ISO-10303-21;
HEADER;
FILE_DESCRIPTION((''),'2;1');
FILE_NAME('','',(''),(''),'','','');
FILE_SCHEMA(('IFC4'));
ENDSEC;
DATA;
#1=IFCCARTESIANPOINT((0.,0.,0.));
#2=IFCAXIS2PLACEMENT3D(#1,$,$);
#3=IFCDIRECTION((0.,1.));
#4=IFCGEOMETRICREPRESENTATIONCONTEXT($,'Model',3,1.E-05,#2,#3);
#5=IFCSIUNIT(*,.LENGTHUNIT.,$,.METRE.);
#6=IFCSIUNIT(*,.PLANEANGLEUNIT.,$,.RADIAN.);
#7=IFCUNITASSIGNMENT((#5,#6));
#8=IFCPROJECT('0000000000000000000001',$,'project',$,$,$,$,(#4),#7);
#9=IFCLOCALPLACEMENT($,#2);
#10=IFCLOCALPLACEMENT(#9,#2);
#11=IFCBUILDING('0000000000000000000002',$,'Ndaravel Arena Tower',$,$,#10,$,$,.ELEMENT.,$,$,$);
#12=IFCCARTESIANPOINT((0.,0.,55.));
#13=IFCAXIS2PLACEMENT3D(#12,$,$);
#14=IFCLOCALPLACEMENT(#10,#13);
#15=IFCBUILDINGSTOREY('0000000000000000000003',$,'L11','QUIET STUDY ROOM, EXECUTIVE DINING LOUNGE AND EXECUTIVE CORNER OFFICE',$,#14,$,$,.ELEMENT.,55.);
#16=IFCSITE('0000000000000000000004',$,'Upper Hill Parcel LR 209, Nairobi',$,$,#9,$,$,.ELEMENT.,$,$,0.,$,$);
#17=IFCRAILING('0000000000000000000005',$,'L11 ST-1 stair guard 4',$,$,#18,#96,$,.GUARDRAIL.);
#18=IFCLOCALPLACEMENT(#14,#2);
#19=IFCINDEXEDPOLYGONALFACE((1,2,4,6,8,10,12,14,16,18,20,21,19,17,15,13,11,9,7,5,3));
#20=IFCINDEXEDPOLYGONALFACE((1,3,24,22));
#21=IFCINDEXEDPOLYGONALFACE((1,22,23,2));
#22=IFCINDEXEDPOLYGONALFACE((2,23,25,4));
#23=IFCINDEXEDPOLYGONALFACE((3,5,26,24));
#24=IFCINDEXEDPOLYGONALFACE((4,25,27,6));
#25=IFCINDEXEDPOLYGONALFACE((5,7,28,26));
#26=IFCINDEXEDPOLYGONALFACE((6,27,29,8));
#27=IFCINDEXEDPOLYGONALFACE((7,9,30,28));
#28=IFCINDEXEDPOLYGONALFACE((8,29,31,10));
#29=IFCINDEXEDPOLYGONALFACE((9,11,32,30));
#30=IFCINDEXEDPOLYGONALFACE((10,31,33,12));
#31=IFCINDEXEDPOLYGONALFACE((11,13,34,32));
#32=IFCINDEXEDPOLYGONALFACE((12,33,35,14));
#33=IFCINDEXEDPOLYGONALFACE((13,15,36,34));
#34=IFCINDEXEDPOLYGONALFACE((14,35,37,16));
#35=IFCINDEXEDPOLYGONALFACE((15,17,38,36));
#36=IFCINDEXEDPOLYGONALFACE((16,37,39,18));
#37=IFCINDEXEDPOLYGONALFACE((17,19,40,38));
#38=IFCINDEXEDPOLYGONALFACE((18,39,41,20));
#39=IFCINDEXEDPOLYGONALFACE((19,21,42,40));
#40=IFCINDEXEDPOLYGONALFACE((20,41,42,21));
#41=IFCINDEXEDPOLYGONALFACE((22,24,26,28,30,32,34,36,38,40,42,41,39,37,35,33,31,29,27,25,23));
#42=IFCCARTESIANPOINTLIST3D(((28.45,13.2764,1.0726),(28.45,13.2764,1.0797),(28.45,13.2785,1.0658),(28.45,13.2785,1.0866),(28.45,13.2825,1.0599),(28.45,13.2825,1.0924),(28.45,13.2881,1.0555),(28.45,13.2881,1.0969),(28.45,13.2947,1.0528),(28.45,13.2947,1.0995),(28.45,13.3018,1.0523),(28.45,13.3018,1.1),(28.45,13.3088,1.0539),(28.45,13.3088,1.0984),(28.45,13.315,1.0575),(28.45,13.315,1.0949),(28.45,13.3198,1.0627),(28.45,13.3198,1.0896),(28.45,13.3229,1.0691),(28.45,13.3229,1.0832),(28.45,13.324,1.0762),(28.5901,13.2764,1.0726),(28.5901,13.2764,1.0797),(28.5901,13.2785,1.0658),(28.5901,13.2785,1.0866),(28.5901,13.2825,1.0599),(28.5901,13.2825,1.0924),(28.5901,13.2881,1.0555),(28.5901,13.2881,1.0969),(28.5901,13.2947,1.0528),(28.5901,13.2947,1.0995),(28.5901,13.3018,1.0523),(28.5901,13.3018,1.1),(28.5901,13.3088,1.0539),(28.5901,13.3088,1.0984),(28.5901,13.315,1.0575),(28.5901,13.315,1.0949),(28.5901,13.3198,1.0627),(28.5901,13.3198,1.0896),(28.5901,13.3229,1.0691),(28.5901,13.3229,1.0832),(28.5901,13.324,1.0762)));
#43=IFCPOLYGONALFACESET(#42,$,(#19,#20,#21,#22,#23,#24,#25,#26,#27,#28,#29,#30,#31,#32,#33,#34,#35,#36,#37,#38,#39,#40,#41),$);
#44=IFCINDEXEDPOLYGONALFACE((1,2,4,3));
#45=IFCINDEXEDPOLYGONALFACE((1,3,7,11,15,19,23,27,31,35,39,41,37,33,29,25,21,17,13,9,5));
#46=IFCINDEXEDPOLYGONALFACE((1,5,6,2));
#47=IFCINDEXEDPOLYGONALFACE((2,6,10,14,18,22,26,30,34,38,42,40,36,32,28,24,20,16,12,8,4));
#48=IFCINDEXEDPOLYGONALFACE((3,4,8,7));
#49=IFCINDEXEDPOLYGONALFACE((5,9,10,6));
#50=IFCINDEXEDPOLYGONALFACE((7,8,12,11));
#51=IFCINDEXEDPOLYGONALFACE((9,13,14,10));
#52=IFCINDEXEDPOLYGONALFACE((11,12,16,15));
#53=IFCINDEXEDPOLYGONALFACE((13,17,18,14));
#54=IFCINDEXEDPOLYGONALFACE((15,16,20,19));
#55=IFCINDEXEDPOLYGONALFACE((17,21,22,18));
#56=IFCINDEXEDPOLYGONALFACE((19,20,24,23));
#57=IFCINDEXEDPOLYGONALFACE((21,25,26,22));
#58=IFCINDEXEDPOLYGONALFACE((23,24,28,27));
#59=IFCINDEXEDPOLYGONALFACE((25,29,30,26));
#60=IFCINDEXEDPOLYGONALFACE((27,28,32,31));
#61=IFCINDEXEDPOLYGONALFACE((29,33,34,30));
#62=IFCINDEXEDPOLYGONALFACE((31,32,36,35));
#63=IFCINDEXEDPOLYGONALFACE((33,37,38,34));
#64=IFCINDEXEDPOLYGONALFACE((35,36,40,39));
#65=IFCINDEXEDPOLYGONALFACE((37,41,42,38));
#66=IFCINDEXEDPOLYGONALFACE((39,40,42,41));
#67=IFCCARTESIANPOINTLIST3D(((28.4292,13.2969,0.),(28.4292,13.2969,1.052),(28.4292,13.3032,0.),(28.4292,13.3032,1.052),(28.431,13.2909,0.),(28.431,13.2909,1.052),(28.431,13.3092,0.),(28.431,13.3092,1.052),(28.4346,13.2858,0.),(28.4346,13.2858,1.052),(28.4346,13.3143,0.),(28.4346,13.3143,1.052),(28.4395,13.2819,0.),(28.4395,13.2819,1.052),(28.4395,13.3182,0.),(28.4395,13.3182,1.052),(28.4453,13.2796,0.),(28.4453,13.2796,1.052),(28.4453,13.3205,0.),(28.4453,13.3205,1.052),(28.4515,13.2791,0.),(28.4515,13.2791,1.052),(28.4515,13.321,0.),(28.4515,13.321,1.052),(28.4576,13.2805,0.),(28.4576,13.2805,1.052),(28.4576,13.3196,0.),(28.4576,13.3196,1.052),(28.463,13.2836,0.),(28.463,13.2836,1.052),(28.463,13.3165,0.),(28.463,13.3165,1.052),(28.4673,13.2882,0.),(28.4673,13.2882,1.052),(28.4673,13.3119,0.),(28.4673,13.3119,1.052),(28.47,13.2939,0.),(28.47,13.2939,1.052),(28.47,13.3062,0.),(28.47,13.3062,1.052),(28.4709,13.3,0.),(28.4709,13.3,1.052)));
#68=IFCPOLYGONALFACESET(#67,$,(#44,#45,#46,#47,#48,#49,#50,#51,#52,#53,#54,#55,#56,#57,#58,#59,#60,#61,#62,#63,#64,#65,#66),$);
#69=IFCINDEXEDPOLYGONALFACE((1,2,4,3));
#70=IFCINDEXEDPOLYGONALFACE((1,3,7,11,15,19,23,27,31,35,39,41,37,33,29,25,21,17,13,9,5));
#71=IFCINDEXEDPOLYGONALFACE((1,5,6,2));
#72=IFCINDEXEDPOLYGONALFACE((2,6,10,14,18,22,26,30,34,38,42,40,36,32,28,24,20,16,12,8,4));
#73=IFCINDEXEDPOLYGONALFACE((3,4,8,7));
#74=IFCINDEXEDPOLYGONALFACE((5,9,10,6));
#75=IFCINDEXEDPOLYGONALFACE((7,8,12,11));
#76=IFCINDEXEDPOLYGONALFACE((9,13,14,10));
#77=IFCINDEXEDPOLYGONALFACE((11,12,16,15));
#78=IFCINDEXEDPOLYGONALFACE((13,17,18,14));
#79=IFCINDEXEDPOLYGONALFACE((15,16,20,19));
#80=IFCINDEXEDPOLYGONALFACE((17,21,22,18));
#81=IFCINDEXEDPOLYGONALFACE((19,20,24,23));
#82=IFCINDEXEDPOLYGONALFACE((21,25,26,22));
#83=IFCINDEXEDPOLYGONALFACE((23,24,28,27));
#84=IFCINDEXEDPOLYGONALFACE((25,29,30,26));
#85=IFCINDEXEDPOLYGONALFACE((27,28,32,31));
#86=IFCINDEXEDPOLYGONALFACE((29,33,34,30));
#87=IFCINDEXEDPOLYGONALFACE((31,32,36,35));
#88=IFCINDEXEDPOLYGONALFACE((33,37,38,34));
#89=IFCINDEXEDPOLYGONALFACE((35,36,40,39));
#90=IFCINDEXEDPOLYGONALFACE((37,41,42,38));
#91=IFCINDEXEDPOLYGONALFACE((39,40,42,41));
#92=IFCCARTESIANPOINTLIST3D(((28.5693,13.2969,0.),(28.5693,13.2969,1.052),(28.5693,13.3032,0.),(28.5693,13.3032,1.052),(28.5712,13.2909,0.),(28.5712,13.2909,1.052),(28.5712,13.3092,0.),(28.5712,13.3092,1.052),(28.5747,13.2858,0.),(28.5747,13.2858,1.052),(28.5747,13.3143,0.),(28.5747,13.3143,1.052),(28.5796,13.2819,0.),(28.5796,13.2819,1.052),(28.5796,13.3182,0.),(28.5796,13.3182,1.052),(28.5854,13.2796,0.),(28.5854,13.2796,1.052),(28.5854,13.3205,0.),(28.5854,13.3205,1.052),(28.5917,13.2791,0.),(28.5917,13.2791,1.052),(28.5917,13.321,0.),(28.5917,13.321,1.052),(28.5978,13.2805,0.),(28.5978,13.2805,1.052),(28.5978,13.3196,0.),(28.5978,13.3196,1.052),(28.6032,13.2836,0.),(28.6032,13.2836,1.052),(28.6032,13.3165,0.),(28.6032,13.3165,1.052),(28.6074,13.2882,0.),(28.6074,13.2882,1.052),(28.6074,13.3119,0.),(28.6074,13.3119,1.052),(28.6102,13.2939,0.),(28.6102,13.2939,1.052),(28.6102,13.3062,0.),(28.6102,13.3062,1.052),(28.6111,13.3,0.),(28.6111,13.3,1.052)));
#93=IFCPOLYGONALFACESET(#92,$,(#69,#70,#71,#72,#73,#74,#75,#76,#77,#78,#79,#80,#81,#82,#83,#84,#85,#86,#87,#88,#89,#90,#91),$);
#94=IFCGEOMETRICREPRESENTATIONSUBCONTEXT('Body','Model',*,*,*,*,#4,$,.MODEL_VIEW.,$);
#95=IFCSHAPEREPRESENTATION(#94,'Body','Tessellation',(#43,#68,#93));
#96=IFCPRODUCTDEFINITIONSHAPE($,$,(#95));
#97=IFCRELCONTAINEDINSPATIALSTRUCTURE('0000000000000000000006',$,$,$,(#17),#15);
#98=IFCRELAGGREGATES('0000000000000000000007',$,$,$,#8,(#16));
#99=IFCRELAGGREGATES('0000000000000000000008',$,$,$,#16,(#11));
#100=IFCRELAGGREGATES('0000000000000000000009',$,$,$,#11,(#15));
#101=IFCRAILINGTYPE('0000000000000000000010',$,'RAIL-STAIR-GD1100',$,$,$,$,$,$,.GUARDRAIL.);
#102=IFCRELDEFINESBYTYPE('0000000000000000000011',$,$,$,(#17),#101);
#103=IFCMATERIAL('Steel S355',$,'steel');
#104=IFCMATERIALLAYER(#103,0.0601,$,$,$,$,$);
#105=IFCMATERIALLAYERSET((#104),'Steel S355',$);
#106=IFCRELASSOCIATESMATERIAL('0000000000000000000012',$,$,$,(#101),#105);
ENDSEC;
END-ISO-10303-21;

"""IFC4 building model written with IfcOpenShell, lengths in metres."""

from ifc_helpers import new_model, si_unit, direction, frame, origin, origin_2d, place, context, subcontext, project, spatial, circle, extrude, material, layer, layer_set, type_object, element, save


model = new_model("IFC4")

# Units and contexts
model_context = context("Model", 3, precision=1e-05, world=origin(), true_north=direction((0.0, 1.0)))
body_context = subcontext(model_context, "Body", "Model", "MODEL_VIEW")
ifc_project = project(units=[si_unit("LENGTHUNIT", "METRE"), si_unit("PLANEANGLEUNIT", "RADIAN")], contexts=[model_context])

# Site, building, storey
site_placement = place(None, origin())
site = spatial("IfcSite", under=ifc_project, at=site_placement, Name="Upper Hill Parcel LR 209, Nairobi", CompositionType="ELEMENT", RefElevation=0.0)
building_placement = place(site_placement, origin())
building = spatial("IfcBuilding", under=site, at=building_placement, Name="Ndaravel Arena Tower", CompositionType="ELEMENT")
storey_placement = place(building_placement, frame((0.0, 0.0, 55.0)))
storey = spatial("IfcBuildingStorey", under=building, at=storey_placement, Name="L11", Description="QUIET STUDY ROOM, EXECUTIVE DINING LOUNGE AND EXECUTIVE CORNER OFFICE", CompositionType="ELEMENT", Elevation=55.0)

# Railing
ifc_material_1 = material(Name="Steel S355", Category="steel")
ifc_layer_1 = layer(ifc_material_1, 0.0601)
ifc_layer_set_1 = layer_set([ifc_layer_1], Name="Steel S355")
railing_type_1 = type_object("IfcRailingType", Name="RAIL-STAIR-GD1100", PredefinedType="GUARDRAIL", material=ifc_layer_set_1)
railing_1_placement = place(storey_placement, frame((28.45, 13.3, 0.0)))
element("IfcRailing", 1, at=railing_1_placement, inside=storey, type_object=railing_type_1, Name="L11 ST-1 stair guard 4", PredefinedType="GUARDRAIL", context=body_context, shape_type="SweptSolid", body=[
    extrude(circle(Radius=0.0239, at=origin_2d()), frame((0.0, 0.0, 1.0762), z_axis=(1.0, 0.0, 0.0), x_axis=(0.0, 1.0, 0.0)), (0.0, 0.0, 1.0), 0.1401),
    extrude(circle(Radius=0.021, at=origin_2d()), origin(), (0.0, 0.0, 1.0), 1.052),
    extrude(circle(Radius=0.021, at=origin_2d()), frame((0.1401, 0.0, 0.0)), (0.0, 0.0, 1.0), 1.052),
])

save(model, "model.ifc")
